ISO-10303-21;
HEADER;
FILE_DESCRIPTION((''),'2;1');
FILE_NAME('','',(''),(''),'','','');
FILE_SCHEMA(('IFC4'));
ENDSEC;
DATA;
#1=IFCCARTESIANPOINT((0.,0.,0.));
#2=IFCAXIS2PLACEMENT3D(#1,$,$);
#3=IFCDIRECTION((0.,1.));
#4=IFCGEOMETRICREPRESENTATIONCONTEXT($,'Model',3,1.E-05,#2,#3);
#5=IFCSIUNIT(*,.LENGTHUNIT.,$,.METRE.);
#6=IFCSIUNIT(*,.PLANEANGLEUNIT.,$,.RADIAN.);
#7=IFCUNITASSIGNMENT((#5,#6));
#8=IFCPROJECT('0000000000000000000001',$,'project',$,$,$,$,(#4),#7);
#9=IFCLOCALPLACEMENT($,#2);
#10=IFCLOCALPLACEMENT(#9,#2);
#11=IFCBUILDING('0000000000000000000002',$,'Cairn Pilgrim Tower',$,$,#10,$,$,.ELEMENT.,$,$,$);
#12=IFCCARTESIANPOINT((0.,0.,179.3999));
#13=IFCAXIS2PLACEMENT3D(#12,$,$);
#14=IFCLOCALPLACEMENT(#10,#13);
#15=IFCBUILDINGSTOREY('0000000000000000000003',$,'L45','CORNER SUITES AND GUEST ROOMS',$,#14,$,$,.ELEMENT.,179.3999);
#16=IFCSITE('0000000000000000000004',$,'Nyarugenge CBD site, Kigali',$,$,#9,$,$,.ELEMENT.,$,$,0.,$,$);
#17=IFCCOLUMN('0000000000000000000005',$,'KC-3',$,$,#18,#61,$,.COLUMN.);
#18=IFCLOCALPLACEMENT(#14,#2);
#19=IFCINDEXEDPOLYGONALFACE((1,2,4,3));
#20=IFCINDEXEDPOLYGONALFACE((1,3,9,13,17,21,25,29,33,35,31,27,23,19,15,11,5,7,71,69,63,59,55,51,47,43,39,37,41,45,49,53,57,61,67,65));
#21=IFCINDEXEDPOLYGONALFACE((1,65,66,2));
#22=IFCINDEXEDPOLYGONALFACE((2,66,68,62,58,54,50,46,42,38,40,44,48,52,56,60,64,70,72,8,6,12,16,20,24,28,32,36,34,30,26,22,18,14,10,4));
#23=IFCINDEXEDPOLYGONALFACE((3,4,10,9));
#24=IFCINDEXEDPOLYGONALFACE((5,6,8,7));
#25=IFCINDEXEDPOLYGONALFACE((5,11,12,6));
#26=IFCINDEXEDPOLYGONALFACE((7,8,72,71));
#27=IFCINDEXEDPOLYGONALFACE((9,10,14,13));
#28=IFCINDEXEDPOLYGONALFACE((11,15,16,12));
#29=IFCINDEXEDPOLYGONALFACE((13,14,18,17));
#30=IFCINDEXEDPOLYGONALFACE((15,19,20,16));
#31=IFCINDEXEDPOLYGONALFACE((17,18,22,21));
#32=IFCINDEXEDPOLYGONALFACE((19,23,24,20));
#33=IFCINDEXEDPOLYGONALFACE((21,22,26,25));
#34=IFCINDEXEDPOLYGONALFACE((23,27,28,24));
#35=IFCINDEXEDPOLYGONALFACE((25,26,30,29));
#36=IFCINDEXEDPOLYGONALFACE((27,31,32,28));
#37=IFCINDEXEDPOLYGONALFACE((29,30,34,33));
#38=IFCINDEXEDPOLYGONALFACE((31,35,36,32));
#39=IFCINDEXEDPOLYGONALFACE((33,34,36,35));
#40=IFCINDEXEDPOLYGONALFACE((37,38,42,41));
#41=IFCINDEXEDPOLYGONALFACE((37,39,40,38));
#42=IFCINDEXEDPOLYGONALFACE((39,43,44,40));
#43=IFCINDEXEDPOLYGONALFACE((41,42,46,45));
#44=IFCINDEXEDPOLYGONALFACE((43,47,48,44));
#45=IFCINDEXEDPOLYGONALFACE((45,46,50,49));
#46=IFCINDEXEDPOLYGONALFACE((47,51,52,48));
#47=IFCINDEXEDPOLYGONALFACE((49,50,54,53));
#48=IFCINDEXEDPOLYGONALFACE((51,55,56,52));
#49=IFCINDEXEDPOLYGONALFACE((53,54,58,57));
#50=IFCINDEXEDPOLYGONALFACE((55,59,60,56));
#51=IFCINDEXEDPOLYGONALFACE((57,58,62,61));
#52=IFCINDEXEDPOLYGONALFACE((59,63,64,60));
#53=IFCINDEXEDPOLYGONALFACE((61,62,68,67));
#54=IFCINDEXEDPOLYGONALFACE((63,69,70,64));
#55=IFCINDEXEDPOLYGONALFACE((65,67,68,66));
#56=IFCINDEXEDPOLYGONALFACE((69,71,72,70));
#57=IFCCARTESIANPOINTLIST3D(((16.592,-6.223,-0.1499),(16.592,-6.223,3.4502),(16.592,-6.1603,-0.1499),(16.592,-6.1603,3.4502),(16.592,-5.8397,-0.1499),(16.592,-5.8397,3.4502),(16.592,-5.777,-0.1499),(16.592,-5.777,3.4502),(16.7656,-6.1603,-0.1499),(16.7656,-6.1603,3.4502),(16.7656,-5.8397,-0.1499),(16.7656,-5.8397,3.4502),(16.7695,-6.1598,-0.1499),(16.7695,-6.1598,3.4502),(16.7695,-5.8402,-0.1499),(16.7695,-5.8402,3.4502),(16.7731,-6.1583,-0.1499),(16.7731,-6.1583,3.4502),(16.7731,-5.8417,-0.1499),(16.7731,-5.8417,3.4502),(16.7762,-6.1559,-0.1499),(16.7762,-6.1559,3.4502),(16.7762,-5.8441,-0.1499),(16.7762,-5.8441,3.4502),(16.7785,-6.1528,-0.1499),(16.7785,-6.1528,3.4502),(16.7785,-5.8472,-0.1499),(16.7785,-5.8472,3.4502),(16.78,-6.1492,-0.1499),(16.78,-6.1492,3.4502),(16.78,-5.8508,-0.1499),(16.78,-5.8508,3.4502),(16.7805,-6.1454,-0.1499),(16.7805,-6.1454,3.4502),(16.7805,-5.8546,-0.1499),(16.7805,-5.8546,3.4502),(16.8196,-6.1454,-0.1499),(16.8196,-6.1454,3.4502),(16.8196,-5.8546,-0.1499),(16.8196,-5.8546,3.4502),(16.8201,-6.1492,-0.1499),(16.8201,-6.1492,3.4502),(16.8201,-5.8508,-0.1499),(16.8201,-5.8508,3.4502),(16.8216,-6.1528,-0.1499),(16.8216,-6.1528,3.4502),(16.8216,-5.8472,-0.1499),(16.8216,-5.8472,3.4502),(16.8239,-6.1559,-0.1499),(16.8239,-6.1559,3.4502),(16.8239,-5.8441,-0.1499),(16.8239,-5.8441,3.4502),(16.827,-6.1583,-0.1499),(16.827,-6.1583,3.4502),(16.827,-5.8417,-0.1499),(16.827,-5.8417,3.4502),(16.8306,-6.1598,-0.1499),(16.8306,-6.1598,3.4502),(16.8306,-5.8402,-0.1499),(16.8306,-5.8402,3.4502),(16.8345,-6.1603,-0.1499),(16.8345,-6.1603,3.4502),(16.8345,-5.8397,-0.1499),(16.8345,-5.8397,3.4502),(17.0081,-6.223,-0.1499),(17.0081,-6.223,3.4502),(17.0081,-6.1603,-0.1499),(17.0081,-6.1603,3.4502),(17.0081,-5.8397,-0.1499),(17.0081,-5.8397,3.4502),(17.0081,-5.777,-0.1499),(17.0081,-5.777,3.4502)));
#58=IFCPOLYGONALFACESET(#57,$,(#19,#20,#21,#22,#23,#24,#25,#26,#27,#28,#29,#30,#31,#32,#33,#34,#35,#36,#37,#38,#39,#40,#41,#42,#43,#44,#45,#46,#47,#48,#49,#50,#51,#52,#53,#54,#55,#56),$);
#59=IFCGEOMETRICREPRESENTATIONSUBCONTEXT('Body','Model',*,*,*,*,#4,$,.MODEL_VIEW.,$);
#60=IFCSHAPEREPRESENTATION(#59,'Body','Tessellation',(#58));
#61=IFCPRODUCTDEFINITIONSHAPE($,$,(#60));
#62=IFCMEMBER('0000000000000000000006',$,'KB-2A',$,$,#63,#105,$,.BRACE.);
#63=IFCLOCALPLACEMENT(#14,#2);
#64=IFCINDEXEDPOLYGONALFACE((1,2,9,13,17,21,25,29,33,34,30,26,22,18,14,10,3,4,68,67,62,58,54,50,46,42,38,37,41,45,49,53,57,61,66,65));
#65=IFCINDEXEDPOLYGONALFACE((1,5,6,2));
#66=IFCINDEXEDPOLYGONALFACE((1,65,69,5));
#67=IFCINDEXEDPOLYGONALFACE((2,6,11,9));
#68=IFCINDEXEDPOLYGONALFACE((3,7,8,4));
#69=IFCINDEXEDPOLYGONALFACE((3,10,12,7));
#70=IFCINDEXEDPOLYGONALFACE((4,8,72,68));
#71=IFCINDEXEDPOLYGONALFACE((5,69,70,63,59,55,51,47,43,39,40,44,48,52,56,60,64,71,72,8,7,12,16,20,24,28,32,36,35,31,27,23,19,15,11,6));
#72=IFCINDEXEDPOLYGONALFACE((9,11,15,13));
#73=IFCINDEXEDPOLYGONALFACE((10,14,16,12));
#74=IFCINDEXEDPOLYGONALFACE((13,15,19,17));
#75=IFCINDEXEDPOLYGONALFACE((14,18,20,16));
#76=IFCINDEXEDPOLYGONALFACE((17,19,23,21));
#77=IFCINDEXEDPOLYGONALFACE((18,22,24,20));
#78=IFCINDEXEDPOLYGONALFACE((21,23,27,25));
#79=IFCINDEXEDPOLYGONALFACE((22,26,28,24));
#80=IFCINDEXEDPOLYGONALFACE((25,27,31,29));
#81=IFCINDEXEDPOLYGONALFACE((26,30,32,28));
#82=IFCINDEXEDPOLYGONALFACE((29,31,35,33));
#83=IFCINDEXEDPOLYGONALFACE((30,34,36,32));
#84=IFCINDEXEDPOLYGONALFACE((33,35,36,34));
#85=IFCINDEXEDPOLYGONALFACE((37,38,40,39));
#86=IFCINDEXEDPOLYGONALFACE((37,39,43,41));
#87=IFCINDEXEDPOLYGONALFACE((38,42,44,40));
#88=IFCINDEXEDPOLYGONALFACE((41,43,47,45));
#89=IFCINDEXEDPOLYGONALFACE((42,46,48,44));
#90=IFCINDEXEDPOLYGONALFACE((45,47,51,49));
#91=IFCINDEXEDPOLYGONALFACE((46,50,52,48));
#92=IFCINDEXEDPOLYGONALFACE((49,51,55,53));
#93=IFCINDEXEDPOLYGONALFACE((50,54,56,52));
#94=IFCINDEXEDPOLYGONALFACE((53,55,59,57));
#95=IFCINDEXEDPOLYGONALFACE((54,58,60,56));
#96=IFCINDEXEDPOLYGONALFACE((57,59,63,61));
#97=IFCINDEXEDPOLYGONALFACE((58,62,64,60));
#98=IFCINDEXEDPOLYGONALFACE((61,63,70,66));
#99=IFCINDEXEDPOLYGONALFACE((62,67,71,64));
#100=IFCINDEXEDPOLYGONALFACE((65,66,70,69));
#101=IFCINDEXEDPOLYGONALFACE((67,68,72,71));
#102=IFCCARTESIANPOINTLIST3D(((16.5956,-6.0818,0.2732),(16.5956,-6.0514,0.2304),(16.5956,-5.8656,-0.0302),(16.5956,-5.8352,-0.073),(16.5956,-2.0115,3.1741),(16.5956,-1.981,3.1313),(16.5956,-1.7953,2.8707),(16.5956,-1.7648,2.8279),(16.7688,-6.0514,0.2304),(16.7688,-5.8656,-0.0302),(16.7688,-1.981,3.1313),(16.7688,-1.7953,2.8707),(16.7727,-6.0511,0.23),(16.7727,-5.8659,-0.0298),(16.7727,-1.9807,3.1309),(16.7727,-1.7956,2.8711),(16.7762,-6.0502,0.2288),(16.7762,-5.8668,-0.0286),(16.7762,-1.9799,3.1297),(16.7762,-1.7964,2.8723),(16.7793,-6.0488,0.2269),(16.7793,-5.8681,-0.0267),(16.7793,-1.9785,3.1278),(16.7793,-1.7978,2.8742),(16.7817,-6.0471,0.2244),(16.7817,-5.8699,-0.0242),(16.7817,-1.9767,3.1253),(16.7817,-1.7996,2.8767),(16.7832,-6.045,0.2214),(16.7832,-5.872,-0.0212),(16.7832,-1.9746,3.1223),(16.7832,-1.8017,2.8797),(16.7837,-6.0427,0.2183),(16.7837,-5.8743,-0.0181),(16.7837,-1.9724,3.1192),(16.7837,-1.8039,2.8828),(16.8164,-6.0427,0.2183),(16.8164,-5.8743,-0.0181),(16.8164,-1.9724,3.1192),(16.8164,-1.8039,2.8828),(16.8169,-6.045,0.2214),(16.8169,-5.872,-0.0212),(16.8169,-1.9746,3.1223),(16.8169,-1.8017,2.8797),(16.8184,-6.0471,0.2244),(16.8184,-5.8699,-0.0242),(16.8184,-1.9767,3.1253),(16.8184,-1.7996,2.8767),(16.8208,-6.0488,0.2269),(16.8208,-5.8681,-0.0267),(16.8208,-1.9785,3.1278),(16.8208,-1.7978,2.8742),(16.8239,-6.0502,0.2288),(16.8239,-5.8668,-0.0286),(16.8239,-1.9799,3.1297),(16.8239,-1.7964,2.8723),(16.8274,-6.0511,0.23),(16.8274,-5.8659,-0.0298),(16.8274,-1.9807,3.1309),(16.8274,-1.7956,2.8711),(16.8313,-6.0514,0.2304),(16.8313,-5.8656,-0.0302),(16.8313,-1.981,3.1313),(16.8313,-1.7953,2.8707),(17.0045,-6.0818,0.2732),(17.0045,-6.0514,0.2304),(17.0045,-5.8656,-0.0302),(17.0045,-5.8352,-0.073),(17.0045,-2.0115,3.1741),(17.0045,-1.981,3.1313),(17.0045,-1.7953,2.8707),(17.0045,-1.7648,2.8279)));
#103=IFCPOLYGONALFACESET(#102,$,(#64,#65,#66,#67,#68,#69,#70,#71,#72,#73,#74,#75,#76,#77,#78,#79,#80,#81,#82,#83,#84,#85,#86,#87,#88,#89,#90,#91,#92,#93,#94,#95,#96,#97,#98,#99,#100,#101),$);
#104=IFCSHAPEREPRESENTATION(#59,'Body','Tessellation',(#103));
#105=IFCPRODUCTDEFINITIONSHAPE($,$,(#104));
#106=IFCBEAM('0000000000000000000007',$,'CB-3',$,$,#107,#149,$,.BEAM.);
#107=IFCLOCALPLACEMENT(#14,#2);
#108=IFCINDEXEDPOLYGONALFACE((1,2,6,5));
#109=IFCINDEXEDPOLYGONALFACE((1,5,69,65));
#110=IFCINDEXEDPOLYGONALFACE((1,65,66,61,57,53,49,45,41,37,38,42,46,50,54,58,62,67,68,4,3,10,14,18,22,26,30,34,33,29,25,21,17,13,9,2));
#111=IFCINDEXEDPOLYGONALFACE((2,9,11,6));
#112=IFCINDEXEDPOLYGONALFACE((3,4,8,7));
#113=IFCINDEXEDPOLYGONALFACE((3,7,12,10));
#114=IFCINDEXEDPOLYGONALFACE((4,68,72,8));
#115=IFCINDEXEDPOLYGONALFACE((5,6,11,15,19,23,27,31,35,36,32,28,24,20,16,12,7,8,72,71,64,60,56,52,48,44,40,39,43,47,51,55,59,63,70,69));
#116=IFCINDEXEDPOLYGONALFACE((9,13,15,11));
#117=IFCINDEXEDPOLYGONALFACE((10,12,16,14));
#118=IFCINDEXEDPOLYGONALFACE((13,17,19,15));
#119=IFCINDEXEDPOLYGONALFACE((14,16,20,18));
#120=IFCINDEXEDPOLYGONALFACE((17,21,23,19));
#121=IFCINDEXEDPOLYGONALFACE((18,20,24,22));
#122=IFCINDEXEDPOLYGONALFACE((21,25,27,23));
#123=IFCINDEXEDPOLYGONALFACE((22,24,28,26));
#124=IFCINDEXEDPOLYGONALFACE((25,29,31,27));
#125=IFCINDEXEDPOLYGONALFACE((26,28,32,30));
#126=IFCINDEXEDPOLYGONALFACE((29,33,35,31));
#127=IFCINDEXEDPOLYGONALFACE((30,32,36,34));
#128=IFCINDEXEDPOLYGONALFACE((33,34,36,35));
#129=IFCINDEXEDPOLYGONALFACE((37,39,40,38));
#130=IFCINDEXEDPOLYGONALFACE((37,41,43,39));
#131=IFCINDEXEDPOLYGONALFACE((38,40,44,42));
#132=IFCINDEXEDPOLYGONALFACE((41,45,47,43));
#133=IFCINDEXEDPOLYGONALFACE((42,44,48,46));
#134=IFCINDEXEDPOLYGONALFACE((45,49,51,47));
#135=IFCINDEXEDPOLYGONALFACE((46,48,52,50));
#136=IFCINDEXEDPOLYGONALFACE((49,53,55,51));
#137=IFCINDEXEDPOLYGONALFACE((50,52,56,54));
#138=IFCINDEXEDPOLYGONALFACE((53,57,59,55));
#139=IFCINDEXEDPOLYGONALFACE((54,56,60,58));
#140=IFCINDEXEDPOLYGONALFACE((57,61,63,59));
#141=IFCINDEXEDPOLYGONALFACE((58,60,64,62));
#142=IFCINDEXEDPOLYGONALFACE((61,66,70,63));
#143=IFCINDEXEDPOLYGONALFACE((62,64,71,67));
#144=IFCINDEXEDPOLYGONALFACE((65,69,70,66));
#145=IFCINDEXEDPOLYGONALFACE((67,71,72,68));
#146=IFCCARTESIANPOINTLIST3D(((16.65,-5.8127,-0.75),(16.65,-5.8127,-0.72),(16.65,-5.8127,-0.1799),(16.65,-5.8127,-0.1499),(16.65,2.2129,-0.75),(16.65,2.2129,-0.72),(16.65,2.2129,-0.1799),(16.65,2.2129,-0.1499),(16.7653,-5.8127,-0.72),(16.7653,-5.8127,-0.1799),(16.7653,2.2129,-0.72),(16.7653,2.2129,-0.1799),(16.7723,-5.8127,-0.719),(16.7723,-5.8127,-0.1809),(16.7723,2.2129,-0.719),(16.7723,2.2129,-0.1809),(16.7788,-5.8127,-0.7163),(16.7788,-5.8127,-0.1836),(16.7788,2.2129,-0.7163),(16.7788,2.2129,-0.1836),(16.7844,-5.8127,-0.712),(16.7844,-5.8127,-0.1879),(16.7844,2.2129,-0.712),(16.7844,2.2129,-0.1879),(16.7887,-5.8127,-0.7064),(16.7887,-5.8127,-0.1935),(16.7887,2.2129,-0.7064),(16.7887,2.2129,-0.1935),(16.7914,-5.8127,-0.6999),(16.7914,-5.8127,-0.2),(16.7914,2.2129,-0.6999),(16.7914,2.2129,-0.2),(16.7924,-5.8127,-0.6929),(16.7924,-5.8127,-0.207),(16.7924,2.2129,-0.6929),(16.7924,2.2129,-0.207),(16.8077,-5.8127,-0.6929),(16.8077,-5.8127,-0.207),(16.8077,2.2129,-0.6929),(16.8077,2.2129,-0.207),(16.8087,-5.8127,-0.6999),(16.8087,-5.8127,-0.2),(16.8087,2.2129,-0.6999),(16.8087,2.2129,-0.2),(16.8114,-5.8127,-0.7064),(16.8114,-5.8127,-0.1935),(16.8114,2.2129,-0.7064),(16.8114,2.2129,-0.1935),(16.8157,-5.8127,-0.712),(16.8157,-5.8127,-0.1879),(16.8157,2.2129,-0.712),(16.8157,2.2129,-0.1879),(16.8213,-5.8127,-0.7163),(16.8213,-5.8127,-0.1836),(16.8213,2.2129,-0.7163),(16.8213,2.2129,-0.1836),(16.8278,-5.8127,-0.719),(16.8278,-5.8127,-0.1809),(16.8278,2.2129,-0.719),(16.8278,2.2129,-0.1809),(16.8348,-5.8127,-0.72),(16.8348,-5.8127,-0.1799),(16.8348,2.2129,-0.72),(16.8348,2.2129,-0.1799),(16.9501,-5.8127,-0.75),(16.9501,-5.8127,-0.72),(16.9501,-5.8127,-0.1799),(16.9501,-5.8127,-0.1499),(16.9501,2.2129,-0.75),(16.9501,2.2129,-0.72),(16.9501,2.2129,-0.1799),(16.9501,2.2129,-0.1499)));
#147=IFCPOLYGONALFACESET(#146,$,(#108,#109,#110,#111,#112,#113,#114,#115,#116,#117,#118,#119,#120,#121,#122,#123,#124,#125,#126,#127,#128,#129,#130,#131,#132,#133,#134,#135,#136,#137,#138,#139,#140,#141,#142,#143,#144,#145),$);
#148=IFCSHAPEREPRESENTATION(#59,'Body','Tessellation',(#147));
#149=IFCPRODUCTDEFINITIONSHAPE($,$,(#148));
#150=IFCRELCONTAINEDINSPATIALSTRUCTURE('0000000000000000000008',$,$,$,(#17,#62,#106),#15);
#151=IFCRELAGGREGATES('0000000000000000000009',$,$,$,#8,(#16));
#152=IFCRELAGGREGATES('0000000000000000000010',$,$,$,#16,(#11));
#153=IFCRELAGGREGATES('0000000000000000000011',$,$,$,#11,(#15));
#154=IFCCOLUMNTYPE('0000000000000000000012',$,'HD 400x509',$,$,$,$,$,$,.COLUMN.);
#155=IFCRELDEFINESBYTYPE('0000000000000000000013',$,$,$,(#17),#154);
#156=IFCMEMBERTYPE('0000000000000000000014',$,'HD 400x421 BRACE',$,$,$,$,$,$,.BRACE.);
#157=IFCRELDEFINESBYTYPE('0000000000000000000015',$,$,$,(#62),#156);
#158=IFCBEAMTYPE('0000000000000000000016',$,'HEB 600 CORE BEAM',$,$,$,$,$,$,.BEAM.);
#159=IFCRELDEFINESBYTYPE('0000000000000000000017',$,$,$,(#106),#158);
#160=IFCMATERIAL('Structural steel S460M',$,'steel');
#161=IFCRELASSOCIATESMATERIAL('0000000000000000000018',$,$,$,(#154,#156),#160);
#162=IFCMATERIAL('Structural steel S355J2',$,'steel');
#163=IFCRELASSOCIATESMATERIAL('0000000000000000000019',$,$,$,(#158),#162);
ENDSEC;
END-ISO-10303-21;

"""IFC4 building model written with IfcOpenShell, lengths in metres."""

from ifc_helpers import new_model, si_unit, direction, frame, origin, origin_2d, place, context, subcontext, project, spatial, i_section, extrude, material, material_profile, profile_set, type_object, element, save


model = new_model("IFC4")

# Units and contexts
model_context = context("Model", 3, precision=1e-05, world=origin(), true_north=direction((0.0, 1.0)))
body_context = subcontext(model_context, "Body", "Model", "MODEL_VIEW")
ifc_project = project(units=[si_unit("LENGTHUNIT", "METRE"), si_unit("PLANEANGLEUNIT", "RADIAN")], contexts=[model_context])

# Site, building, storey
site_placement = place(None, origin())
site = spatial("IfcSite", under=ifc_project, at=site_placement, Name="Nyarugenge CBD site, Kigali", CompositionType="ELEMENT", RefElevation=0.0)
building_placement = place(site_placement, origin())
building = spatial("IfcBuilding", under=site, at=building_placement, Name="Cairn Pilgrim Tower", CompositionType="ELEMENT")
storey_placement = place(building_placement, frame((0.0, 0.0, 179.3999)))
storey = spatial("IfcBuildingStorey", under=building, at=storey_placement, Name="L45", Description="CORNER SUITES AND GUEST ROOMS", CompositionType="ELEMENT", Elevation=179.3999)

# Column
ifc_material_1 = material(Name="Structural steel S460M", Category="steel")
ifc_material_profile_1 = material_profile(ifc_material_1, i_section(OverallWidth=0.416, OverallDepth=0.446, WebThickness=0.0391, FlangeThickness=0.0627, FilletRadius=0.0149, at=origin_2d()), Name="HD 400x509")
ifc_profile_set_1 = profile_set([ifc_material_profile_1], Name="Structural steel S460M")
column_type = type_object("IfcColumnType", Name="HD 400x509", PredefinedType="COLUMN", material=ifc_profile_set_1)
column_placement = place(storey_placement, frame((16.8, -6.0, -0.1499), z_axis=(0.0, 0.0, 1.0), x_axis=(1.0, 0.0, 0.0)))
element("IfcColumn", 1, at=column_placement, inside=storey, type_object=column_type, Name="KC-3", PredefinedType="COLUMN", context=body_context, shape_type="SweptSolid", body=[
    extrude(i_section(OverallWidth=0.416, OverallDepth=0.446, WebThickness=0.0391, FlangeThickness=0.0627, FilletRadius=0.0149, at=origin_2d()), origin(), (0.0, 0.0, 1.0), 3.6001),
])

# Member
ifc_material_profile_2 = material_profile(ifc_material_1, i_section(OverallWidth=0.4089, OverallDepth=0.425, WebThickness=0.0327, FlangeThickness=0.0525, FilletRadius=0.0149, at=origin_2d()), Name="HD 400x421")
ifc_profile_set_2 = profile_set([ifc_material_profile_2], Name="Structural steel S460M")
member_type = type_object("IfcMemberType", Name="HD 400x421 BRACE", PredefinedType="BRACE", material=ifc_profile_set_2)
member_placement = place(storey_placement, frame((16.8, -5.9585, 0.1001), z_axis=(0.0, 0.814347, 0.580378), x_axis=(-1.0, 0.0, 0.0)))
element("IfcMember", 2, at=member_placement, inside=storey, type_object=member_type, Name="KB-2A", PredefinedType="BRACE", context=body_context, shape_type="SweptSolid", body=[
    extrude(i_section(OverallWidth=0.4089, OverallDepth=0.425, WebThickness=0.0327, FlangeThickness=0.0525, FilletRadius=0.0149, at=origin_2d()), origin(), (0.0, 0.0, 1.0), 4.9983),
])

# Beam
ifc_material_2 = material(Name="Structural steel S355J2", Category="steel")
ifc_material_profile_3 = material_profile(ifc_material_2, i_section(OverallWidth=0.3, OverallDepth=0.6001, WebThickness=0.0154, FlangeThickness=0.03, FilletRadius=0.0271, at=origin_2d()), Name="HEB 600")
ifc_profile_set_3 = profile_set([ifc_material_profile_3], Name="Structural steel S355J2")
beam_type_1 = type_object("IfcBeamType", Name="HEB 600 CORE BEAM", PredefinedType="BEAM", material=ifc_profile_set_3)
beam_1_placement = place(storey_placement, frame((16.8, -5.8127, -0.45), z_axis=(0.0, 1.0, 0.0), x_axis=(-1.0, 0.0, 0.0)))
element("IfcBeam", 3, at=beam_1_placement, inside=storey, type_object=beam_type_1, Name="CB-3", PredefinedType="BEAM", context=body_context, shape_type="SweptSolid", body=[
    extrude(i_section(OverallWidth=0.3, OverallDepth=0.6001, WebThickness=0.0154, FlangeThickness=0.03, FilletRadius=0.0271, at=origin_2d()), origin(), (0.0, 0.0, 1.0), 8.0256),
])

save(model, "model.ifc")
